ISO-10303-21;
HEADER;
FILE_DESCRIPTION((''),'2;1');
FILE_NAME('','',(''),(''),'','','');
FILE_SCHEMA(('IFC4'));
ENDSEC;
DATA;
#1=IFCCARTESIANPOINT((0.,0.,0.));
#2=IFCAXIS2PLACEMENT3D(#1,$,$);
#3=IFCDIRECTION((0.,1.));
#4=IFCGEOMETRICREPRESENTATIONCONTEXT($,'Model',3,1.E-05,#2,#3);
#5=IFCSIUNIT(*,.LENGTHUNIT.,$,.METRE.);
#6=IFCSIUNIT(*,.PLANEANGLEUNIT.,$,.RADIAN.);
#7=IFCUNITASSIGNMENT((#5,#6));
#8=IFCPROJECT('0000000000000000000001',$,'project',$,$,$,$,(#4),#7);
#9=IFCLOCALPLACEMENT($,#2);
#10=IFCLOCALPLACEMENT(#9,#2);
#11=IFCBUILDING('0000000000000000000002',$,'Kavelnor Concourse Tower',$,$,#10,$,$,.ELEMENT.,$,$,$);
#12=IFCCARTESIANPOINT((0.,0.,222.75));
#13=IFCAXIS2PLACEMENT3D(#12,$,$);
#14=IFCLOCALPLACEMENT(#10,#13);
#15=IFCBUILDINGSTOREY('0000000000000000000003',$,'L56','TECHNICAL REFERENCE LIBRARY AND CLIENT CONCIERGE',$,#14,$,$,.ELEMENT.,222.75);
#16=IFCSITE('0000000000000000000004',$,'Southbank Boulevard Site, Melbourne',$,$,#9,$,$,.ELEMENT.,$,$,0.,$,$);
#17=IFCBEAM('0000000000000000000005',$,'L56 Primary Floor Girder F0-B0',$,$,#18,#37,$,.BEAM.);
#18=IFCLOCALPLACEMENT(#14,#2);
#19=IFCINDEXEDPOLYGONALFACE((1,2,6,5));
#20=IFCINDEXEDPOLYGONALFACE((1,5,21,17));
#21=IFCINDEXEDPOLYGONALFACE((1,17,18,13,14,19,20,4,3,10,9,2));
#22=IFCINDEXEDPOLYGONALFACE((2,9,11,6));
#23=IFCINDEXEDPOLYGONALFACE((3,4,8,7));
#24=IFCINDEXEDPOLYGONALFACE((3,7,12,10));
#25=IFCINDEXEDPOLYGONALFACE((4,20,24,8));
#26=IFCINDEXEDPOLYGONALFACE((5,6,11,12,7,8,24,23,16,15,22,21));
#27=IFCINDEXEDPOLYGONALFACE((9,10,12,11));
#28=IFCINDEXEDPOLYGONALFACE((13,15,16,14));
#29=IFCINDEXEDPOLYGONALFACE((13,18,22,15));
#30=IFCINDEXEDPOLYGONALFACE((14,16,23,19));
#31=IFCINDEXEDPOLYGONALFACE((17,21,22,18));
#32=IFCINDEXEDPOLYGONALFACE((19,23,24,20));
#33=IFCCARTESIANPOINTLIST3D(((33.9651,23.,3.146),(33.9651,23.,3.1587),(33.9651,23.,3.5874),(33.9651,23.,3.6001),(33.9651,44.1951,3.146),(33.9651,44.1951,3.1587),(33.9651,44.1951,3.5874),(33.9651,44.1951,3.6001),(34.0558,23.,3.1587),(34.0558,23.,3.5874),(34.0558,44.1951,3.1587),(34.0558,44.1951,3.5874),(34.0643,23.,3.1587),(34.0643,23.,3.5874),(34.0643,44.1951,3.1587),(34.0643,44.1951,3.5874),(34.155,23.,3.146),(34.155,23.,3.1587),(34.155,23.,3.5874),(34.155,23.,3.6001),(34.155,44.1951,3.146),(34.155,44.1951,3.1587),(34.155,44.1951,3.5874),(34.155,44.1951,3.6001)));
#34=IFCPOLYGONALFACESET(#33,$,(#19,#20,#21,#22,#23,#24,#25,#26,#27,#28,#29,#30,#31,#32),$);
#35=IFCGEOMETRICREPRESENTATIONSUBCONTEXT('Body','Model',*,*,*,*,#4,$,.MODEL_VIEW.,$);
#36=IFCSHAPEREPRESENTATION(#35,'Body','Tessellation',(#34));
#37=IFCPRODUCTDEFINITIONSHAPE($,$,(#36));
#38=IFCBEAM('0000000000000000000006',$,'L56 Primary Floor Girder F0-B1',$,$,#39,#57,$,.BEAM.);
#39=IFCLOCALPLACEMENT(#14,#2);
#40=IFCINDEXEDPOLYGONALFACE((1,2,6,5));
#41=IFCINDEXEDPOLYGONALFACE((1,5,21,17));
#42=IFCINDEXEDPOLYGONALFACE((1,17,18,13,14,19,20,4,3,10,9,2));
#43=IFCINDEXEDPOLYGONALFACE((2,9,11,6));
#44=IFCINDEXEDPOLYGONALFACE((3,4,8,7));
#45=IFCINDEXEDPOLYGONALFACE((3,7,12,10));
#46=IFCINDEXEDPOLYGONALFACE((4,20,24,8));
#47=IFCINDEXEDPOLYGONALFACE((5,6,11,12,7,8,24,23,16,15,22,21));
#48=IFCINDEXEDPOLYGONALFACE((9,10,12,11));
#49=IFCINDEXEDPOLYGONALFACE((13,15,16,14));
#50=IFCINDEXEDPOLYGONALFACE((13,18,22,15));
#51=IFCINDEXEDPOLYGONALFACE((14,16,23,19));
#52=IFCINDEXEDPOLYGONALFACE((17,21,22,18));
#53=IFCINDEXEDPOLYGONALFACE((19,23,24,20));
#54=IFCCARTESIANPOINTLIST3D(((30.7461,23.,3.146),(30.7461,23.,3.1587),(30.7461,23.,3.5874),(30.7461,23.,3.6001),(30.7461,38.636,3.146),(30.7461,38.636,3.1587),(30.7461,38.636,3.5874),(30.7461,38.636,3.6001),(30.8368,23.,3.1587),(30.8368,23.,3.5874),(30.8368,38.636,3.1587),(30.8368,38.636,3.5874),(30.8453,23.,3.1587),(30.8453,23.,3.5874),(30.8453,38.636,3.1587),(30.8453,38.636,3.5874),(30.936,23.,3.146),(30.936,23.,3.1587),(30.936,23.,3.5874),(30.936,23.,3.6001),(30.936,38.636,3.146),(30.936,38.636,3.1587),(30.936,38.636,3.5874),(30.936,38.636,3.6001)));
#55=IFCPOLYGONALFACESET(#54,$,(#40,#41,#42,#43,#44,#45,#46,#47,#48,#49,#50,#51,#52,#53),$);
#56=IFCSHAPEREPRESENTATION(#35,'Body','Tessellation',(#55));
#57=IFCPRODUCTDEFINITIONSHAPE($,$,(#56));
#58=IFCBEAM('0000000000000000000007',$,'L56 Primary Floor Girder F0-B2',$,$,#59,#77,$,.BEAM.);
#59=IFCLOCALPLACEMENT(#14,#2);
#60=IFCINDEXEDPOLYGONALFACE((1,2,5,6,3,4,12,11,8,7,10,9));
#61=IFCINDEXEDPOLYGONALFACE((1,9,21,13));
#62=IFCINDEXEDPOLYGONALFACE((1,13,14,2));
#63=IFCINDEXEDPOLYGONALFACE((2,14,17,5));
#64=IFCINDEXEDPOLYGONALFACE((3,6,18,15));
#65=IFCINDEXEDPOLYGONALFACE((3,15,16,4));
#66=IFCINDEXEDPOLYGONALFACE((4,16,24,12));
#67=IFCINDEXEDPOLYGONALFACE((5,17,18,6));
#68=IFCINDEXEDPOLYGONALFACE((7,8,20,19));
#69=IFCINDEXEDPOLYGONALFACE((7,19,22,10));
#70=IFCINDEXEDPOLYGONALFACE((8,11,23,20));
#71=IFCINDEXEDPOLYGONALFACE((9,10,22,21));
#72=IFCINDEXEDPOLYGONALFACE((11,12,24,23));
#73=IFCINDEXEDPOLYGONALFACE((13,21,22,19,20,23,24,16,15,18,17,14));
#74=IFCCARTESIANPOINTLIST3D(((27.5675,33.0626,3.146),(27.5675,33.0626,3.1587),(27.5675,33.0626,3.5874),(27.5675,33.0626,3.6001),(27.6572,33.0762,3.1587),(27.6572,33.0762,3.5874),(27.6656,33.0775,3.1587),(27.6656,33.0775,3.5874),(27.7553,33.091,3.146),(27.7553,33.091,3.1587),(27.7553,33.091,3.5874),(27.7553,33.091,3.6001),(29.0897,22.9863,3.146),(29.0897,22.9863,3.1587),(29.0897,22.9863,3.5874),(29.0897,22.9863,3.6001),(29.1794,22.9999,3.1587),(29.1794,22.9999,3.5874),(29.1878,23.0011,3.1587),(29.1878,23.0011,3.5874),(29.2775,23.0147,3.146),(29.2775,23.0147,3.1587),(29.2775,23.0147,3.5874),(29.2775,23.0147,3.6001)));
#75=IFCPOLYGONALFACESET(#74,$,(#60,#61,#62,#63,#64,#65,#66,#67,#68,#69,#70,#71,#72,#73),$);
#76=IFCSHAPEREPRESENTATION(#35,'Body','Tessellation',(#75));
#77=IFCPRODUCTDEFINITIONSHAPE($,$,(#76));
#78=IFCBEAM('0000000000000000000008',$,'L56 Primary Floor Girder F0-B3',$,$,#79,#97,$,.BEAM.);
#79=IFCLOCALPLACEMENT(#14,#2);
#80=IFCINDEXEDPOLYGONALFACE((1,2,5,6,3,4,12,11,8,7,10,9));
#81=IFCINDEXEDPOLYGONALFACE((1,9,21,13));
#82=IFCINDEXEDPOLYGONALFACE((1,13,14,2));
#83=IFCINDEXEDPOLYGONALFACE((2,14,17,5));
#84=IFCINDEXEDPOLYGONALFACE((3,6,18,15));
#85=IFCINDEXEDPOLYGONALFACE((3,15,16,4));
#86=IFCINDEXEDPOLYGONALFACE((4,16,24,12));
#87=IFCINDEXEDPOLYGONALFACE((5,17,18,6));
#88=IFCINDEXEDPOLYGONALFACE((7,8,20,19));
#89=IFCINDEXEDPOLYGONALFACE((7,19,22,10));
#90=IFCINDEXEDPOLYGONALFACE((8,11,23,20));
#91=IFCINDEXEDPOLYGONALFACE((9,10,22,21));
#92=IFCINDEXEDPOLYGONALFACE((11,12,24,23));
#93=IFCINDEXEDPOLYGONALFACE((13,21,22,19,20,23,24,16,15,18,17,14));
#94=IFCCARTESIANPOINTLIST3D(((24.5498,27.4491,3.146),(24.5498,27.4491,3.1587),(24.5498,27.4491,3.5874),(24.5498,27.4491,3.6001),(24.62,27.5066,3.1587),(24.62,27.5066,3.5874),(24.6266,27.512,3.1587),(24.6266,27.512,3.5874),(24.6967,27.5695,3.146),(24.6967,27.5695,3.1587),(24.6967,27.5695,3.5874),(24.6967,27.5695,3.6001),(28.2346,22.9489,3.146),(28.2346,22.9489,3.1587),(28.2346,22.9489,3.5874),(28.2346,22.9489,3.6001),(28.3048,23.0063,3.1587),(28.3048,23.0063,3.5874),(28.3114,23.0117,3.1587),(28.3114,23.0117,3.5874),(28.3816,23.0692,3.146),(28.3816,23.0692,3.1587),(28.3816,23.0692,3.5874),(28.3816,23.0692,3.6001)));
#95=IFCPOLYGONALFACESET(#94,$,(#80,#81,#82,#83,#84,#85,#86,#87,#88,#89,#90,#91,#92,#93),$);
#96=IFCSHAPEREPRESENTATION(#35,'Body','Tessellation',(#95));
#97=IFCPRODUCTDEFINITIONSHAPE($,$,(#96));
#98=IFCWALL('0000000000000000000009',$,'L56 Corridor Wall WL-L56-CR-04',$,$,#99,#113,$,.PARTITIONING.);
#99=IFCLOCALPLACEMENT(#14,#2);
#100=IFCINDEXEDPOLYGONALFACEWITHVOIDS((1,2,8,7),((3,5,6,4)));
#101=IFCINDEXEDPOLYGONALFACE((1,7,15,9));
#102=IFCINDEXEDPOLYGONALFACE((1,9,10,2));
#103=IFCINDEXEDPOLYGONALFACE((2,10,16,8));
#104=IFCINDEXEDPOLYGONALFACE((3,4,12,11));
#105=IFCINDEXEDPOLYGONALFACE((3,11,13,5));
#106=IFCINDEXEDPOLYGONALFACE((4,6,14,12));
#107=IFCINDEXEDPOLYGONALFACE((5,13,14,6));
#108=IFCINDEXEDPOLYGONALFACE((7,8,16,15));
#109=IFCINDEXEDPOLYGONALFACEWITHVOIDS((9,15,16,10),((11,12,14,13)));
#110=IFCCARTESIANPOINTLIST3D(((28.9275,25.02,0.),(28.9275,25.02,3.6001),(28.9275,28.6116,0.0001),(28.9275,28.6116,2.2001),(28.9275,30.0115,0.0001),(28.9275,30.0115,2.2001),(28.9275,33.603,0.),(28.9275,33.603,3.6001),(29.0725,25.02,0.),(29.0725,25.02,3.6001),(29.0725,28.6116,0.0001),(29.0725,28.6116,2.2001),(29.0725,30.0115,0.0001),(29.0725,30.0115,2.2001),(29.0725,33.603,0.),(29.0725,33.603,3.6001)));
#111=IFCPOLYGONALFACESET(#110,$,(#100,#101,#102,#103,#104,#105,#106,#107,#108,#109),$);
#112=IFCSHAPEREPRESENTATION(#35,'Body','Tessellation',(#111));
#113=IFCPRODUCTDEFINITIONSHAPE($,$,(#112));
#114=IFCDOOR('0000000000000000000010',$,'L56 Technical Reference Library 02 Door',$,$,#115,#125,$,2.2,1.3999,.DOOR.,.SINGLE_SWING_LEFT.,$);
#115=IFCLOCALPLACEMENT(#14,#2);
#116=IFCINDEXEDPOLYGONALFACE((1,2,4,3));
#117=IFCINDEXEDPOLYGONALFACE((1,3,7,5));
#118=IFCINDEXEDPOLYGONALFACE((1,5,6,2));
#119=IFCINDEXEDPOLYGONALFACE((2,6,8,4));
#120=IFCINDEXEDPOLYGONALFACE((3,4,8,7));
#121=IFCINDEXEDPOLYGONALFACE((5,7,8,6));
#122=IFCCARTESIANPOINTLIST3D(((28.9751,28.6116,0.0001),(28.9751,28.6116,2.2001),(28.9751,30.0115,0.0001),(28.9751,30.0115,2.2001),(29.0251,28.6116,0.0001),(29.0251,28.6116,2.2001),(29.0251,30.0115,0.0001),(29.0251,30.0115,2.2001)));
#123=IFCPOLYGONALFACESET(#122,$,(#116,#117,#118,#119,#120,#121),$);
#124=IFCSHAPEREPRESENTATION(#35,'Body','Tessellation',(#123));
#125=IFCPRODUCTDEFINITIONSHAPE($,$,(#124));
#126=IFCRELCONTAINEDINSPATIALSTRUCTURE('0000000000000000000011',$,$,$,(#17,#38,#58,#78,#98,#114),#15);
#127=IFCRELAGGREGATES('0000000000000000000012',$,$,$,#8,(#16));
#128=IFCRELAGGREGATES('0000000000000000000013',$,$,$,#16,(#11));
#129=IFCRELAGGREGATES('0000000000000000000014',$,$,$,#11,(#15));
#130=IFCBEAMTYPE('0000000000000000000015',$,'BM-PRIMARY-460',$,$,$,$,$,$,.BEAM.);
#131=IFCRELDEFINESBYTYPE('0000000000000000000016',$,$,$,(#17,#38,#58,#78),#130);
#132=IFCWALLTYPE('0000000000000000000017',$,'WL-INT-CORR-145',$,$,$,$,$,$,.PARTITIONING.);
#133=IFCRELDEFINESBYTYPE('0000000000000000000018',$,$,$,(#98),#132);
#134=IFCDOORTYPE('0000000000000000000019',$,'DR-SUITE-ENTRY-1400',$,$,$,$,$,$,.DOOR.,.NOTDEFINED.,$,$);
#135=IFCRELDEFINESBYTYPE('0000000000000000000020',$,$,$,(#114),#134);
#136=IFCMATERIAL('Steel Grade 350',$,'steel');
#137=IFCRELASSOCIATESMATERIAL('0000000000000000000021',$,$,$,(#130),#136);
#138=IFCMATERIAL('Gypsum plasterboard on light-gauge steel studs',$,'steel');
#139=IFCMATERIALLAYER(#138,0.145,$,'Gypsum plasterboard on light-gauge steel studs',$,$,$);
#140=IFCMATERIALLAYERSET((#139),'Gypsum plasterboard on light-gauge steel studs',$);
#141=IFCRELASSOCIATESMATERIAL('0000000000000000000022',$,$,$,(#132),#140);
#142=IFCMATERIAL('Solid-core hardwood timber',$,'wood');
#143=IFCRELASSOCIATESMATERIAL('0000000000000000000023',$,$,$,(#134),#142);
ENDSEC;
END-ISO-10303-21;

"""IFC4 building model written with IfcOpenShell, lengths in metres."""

from ifc_helpers import new_model, si_unit, direction, frame, frame_2d, origin, origin_2d, place, context, subcontext, project, spatial, rectangle, i_section, extrude, material, layer, layer_set, material_profile, profile_set, type_object, element, fill, save


model = new_model("IFC4")

# Units and contexts
model_context = context("Model", 3, precision=1e-05, world=origin(), true_north=direction((0.0, 1.0)))
body_context = subcontext(model_context, "Body", "Model", "MODEL_VIEW")
ifc_project = project(units=[si_unit("LENGTHUNIT", "METRE"), si_unit("PLANEANGLEUNIT", "RADIAN")], contexts=[model_context])

# Site, building, storey
site_placement = place(None, origin())
site = spatial("IfcSite", under=ifc_project, at=site_placement, Name="Southbank Boulevard Site, Melbourne", CompositionType="ELEMENT", RefElevation=0.0)
building_placement = place(site_placement, origin())
building = spatial("IfcBuilding", under=site, at=building_placement, Name="Kavelnor Concourse Tower", CompositionType="ELEMENT")
storey_placement = place(building_placement, frame((0.0, 0.0, 222.75)))
storey = spatial("IfcBuildingStorey", under=building, at=storey_placement, Name="L56", Description="TECHNICAL REFERENCE LIBRARY AND CLIENT CONCIERGE", CompositionType="ELEMENT", Elevation=222.75)

# Beams
ifc_material_1 = material(Name="Steel Grade 350", Category="steel")
ifc_material_profile = material_profile(ifc_material_1, i_section(OverallWidth=0.1899, OverallDepth=0.4541, WebThickness=0.0085, FlangeThickness=0.0127, at=origin_2d()), Name="460UB67")
ifc_profile_set = profile_set([ifc_material_profile], Name="Steel Grade 350")
beam_type = type_object("IfcBeamType", Name="BM-PRIMARY-460", PredefinedType="BEAM", material=ifc_profile_set)
beam_1_placement = place(storey_placement, frame((34.0601, 23.0, 3.373), z_axis=(0.0, 1.0, 0.0), x_axis=(-1.0, 0.0, 0.0)))
element("IfcBeam", 1, at=beam_1_placement, inside=storey, type_object=beam_type, Name="L56 Primary Floor Girder F0-B0", PredefinedType="BEAM", context=body_context, shape_type="SweptSolid", body=[
    extrude(i_section(OverallWidth=0.1899, OverallDepth=0.4541, WebThickness=0.0085, FlangeThickness=0.0127, at=origin_2d()), origin(), (0.0, 0.0, 1.0), 21.1951),
])
beam_2_placement = place(storey_placement, frame((30.8411, 23.0, 3.373), z_axis=(0.0, 1.0, 0.0), x_axis=(-1.0, 0.0, 0.0)))
element("IfcBeam", 2, at=beam_2_placement, inside=storey, type_object=beam_type, Name="L56 Primary Floor Girder F0-B1", PredefinedType="BEAM", context=body_context, shape_type="SweptSolid", body=[
    extrude(i_section(OverallWidth=0.1899, OverallDepth=0.4541, WebThickness=0.0085, FlangeThickness=0.0127, at=origin_2d()), origin(), (0.0, 0.0, 1.0), 15.636),
])
beam_3_placement = place(storey_placement, frame((29.1836, 23.0005, 3.373), z_axis=(-0.149372, 0.988781, 0.0), x_axis=(-0.988781, -0.149372, 0.0)))
element("IfcBeam", 3, at=beam_3_placement, inside=storey, type_object=beam_type, Name="L56 Primary Floor Girder F0-B2", PredefinedType="BEAM", context=body_context, shape_type="SweptSolid", body=[
    extrude(i_section(OverallWidth=0.1899, OverallDepth=0.4541, WebThickness=0.0085, FlangeThickness=0.0127, at=origin_2d()), origin(), (0.0, 0.0, 1.0), 10.1907),
])
beam_4_placement = place(storey_placement, frame((28.3081, 23.009, 3.373), z_axis=(-0.633526, 0.773722, 0.0), x_axis=(-0.773722, -0.633526, 0.0)))
element("IfcBeam", 4, at=beam_4_placement, inside=storey, type_object=beam_type, Name="L56 Primary Floor Girder F0-B3", PredefinedType="BEAM", context=body_context, shape_type="SweptSolid", body=[
    extrude(i_section(OverallWidth=0.1899, OverallDepth=0.4541, WebThickness=0.0085, FlangeThickness=0.0127, at=origin_2d()), origin(), (0.0, 0.0, 1.0), 5.8164),
])

# Wall, opening, door
ifc_material_2 = material(Name="Gypsum plasterboard on light-gauge steel studs", Category="steel")
ifc_layer_1 = layer(ifc_material_2, 0.145, Name="Gypsum plasterboard on light-gauge steel studs")
ifc_layer_set_1 = layer_set([ifc_layer_1], Name="Gypsum plasterboard on light-gauge steel studs")
wall_type_1 = type_object("IfcWallType", Name="WL-INT-CORR-145", PredefinedType="PARTITIONING", material=ifc_layer_set_1)
wall_1_placement = place(storey_placement, frame((29.0, 25.02, 0.0), z_axis=(0.0, 0.0, 1.0), x_axis=(0.0, 1.0, 0.0)))
wall_1 = element("IfcWall", 5, at=wall_1_placement, inside=storey, type_object=wall_type_1, Name="L56 Corridor Wall WL-L56-CR-04", PredefinedType="PARTITIONING", context=body_context, shape_type="SweptSolid", body=[
    extrude(rectangle(XDim=8.583, YDim=0.145, at=frame_2d((4.2915, 0.0))), origin(), (0.0, 0.0, 1.0), 3.6001),
])
opening_1_placement = place(wall_1_placement, frame((3.5916, 0.0, 0.0)))
opening_1 = element("IfcOpeningElement", 6, at=opening_1_placement, cuts=wall_1, PredefinedType="OPENING", context=body_context, shape_type="SweptSolid", body=[
    extrude(rectangle(XDim=1.3999, YDim=2.2, at=frame_2d((0.7, 1.1001))), frame((0.0, 0.0825, 0.0), z_axis=(0.0, -1.0, 0.0), x_axis=(1.0, 0.0, 0.0)), (0.0, 0.0, 1.0), 0.165),
])
ifc_material_3 = material(Name="Solid-core hardwood timber", Category="wood")
door_type_1 = type_object("IfcDoorType", Name="DR-SUITE-ENTRY-1400", OperationType="NOTDEFINED", PredefinedType="DOOR", material=ifc_material_3)
door_1_placement = place(opening_1_placement, origin())
door_1 = element("IfcDoor", 7, at=door_1_placement, inside=storey, type_object=door_type_1, Name="L56 Technical Reference Library 02 Door", OperationType="SINGLE_SWING_LEFT", OverallHeight=2.2, OverallWidth=1.3999, PredefinedType="DOOR", context=body_context, shape_type="SweptSolid", body=[
    extrude(rectangle(XDim=1.3999, YDim=2.2, at=frame_2d((0.7, 1.1001))), frame((0.0, 0.0249, 0.0), z_axis=(0.0, -1.0, 0.0), x_axis=(1.0, 0.0, 0.0)), (0.0, 0.0, 1.0), 0.05),
])
fill(opening_1, door_1)

save(model, "model.ifc")
